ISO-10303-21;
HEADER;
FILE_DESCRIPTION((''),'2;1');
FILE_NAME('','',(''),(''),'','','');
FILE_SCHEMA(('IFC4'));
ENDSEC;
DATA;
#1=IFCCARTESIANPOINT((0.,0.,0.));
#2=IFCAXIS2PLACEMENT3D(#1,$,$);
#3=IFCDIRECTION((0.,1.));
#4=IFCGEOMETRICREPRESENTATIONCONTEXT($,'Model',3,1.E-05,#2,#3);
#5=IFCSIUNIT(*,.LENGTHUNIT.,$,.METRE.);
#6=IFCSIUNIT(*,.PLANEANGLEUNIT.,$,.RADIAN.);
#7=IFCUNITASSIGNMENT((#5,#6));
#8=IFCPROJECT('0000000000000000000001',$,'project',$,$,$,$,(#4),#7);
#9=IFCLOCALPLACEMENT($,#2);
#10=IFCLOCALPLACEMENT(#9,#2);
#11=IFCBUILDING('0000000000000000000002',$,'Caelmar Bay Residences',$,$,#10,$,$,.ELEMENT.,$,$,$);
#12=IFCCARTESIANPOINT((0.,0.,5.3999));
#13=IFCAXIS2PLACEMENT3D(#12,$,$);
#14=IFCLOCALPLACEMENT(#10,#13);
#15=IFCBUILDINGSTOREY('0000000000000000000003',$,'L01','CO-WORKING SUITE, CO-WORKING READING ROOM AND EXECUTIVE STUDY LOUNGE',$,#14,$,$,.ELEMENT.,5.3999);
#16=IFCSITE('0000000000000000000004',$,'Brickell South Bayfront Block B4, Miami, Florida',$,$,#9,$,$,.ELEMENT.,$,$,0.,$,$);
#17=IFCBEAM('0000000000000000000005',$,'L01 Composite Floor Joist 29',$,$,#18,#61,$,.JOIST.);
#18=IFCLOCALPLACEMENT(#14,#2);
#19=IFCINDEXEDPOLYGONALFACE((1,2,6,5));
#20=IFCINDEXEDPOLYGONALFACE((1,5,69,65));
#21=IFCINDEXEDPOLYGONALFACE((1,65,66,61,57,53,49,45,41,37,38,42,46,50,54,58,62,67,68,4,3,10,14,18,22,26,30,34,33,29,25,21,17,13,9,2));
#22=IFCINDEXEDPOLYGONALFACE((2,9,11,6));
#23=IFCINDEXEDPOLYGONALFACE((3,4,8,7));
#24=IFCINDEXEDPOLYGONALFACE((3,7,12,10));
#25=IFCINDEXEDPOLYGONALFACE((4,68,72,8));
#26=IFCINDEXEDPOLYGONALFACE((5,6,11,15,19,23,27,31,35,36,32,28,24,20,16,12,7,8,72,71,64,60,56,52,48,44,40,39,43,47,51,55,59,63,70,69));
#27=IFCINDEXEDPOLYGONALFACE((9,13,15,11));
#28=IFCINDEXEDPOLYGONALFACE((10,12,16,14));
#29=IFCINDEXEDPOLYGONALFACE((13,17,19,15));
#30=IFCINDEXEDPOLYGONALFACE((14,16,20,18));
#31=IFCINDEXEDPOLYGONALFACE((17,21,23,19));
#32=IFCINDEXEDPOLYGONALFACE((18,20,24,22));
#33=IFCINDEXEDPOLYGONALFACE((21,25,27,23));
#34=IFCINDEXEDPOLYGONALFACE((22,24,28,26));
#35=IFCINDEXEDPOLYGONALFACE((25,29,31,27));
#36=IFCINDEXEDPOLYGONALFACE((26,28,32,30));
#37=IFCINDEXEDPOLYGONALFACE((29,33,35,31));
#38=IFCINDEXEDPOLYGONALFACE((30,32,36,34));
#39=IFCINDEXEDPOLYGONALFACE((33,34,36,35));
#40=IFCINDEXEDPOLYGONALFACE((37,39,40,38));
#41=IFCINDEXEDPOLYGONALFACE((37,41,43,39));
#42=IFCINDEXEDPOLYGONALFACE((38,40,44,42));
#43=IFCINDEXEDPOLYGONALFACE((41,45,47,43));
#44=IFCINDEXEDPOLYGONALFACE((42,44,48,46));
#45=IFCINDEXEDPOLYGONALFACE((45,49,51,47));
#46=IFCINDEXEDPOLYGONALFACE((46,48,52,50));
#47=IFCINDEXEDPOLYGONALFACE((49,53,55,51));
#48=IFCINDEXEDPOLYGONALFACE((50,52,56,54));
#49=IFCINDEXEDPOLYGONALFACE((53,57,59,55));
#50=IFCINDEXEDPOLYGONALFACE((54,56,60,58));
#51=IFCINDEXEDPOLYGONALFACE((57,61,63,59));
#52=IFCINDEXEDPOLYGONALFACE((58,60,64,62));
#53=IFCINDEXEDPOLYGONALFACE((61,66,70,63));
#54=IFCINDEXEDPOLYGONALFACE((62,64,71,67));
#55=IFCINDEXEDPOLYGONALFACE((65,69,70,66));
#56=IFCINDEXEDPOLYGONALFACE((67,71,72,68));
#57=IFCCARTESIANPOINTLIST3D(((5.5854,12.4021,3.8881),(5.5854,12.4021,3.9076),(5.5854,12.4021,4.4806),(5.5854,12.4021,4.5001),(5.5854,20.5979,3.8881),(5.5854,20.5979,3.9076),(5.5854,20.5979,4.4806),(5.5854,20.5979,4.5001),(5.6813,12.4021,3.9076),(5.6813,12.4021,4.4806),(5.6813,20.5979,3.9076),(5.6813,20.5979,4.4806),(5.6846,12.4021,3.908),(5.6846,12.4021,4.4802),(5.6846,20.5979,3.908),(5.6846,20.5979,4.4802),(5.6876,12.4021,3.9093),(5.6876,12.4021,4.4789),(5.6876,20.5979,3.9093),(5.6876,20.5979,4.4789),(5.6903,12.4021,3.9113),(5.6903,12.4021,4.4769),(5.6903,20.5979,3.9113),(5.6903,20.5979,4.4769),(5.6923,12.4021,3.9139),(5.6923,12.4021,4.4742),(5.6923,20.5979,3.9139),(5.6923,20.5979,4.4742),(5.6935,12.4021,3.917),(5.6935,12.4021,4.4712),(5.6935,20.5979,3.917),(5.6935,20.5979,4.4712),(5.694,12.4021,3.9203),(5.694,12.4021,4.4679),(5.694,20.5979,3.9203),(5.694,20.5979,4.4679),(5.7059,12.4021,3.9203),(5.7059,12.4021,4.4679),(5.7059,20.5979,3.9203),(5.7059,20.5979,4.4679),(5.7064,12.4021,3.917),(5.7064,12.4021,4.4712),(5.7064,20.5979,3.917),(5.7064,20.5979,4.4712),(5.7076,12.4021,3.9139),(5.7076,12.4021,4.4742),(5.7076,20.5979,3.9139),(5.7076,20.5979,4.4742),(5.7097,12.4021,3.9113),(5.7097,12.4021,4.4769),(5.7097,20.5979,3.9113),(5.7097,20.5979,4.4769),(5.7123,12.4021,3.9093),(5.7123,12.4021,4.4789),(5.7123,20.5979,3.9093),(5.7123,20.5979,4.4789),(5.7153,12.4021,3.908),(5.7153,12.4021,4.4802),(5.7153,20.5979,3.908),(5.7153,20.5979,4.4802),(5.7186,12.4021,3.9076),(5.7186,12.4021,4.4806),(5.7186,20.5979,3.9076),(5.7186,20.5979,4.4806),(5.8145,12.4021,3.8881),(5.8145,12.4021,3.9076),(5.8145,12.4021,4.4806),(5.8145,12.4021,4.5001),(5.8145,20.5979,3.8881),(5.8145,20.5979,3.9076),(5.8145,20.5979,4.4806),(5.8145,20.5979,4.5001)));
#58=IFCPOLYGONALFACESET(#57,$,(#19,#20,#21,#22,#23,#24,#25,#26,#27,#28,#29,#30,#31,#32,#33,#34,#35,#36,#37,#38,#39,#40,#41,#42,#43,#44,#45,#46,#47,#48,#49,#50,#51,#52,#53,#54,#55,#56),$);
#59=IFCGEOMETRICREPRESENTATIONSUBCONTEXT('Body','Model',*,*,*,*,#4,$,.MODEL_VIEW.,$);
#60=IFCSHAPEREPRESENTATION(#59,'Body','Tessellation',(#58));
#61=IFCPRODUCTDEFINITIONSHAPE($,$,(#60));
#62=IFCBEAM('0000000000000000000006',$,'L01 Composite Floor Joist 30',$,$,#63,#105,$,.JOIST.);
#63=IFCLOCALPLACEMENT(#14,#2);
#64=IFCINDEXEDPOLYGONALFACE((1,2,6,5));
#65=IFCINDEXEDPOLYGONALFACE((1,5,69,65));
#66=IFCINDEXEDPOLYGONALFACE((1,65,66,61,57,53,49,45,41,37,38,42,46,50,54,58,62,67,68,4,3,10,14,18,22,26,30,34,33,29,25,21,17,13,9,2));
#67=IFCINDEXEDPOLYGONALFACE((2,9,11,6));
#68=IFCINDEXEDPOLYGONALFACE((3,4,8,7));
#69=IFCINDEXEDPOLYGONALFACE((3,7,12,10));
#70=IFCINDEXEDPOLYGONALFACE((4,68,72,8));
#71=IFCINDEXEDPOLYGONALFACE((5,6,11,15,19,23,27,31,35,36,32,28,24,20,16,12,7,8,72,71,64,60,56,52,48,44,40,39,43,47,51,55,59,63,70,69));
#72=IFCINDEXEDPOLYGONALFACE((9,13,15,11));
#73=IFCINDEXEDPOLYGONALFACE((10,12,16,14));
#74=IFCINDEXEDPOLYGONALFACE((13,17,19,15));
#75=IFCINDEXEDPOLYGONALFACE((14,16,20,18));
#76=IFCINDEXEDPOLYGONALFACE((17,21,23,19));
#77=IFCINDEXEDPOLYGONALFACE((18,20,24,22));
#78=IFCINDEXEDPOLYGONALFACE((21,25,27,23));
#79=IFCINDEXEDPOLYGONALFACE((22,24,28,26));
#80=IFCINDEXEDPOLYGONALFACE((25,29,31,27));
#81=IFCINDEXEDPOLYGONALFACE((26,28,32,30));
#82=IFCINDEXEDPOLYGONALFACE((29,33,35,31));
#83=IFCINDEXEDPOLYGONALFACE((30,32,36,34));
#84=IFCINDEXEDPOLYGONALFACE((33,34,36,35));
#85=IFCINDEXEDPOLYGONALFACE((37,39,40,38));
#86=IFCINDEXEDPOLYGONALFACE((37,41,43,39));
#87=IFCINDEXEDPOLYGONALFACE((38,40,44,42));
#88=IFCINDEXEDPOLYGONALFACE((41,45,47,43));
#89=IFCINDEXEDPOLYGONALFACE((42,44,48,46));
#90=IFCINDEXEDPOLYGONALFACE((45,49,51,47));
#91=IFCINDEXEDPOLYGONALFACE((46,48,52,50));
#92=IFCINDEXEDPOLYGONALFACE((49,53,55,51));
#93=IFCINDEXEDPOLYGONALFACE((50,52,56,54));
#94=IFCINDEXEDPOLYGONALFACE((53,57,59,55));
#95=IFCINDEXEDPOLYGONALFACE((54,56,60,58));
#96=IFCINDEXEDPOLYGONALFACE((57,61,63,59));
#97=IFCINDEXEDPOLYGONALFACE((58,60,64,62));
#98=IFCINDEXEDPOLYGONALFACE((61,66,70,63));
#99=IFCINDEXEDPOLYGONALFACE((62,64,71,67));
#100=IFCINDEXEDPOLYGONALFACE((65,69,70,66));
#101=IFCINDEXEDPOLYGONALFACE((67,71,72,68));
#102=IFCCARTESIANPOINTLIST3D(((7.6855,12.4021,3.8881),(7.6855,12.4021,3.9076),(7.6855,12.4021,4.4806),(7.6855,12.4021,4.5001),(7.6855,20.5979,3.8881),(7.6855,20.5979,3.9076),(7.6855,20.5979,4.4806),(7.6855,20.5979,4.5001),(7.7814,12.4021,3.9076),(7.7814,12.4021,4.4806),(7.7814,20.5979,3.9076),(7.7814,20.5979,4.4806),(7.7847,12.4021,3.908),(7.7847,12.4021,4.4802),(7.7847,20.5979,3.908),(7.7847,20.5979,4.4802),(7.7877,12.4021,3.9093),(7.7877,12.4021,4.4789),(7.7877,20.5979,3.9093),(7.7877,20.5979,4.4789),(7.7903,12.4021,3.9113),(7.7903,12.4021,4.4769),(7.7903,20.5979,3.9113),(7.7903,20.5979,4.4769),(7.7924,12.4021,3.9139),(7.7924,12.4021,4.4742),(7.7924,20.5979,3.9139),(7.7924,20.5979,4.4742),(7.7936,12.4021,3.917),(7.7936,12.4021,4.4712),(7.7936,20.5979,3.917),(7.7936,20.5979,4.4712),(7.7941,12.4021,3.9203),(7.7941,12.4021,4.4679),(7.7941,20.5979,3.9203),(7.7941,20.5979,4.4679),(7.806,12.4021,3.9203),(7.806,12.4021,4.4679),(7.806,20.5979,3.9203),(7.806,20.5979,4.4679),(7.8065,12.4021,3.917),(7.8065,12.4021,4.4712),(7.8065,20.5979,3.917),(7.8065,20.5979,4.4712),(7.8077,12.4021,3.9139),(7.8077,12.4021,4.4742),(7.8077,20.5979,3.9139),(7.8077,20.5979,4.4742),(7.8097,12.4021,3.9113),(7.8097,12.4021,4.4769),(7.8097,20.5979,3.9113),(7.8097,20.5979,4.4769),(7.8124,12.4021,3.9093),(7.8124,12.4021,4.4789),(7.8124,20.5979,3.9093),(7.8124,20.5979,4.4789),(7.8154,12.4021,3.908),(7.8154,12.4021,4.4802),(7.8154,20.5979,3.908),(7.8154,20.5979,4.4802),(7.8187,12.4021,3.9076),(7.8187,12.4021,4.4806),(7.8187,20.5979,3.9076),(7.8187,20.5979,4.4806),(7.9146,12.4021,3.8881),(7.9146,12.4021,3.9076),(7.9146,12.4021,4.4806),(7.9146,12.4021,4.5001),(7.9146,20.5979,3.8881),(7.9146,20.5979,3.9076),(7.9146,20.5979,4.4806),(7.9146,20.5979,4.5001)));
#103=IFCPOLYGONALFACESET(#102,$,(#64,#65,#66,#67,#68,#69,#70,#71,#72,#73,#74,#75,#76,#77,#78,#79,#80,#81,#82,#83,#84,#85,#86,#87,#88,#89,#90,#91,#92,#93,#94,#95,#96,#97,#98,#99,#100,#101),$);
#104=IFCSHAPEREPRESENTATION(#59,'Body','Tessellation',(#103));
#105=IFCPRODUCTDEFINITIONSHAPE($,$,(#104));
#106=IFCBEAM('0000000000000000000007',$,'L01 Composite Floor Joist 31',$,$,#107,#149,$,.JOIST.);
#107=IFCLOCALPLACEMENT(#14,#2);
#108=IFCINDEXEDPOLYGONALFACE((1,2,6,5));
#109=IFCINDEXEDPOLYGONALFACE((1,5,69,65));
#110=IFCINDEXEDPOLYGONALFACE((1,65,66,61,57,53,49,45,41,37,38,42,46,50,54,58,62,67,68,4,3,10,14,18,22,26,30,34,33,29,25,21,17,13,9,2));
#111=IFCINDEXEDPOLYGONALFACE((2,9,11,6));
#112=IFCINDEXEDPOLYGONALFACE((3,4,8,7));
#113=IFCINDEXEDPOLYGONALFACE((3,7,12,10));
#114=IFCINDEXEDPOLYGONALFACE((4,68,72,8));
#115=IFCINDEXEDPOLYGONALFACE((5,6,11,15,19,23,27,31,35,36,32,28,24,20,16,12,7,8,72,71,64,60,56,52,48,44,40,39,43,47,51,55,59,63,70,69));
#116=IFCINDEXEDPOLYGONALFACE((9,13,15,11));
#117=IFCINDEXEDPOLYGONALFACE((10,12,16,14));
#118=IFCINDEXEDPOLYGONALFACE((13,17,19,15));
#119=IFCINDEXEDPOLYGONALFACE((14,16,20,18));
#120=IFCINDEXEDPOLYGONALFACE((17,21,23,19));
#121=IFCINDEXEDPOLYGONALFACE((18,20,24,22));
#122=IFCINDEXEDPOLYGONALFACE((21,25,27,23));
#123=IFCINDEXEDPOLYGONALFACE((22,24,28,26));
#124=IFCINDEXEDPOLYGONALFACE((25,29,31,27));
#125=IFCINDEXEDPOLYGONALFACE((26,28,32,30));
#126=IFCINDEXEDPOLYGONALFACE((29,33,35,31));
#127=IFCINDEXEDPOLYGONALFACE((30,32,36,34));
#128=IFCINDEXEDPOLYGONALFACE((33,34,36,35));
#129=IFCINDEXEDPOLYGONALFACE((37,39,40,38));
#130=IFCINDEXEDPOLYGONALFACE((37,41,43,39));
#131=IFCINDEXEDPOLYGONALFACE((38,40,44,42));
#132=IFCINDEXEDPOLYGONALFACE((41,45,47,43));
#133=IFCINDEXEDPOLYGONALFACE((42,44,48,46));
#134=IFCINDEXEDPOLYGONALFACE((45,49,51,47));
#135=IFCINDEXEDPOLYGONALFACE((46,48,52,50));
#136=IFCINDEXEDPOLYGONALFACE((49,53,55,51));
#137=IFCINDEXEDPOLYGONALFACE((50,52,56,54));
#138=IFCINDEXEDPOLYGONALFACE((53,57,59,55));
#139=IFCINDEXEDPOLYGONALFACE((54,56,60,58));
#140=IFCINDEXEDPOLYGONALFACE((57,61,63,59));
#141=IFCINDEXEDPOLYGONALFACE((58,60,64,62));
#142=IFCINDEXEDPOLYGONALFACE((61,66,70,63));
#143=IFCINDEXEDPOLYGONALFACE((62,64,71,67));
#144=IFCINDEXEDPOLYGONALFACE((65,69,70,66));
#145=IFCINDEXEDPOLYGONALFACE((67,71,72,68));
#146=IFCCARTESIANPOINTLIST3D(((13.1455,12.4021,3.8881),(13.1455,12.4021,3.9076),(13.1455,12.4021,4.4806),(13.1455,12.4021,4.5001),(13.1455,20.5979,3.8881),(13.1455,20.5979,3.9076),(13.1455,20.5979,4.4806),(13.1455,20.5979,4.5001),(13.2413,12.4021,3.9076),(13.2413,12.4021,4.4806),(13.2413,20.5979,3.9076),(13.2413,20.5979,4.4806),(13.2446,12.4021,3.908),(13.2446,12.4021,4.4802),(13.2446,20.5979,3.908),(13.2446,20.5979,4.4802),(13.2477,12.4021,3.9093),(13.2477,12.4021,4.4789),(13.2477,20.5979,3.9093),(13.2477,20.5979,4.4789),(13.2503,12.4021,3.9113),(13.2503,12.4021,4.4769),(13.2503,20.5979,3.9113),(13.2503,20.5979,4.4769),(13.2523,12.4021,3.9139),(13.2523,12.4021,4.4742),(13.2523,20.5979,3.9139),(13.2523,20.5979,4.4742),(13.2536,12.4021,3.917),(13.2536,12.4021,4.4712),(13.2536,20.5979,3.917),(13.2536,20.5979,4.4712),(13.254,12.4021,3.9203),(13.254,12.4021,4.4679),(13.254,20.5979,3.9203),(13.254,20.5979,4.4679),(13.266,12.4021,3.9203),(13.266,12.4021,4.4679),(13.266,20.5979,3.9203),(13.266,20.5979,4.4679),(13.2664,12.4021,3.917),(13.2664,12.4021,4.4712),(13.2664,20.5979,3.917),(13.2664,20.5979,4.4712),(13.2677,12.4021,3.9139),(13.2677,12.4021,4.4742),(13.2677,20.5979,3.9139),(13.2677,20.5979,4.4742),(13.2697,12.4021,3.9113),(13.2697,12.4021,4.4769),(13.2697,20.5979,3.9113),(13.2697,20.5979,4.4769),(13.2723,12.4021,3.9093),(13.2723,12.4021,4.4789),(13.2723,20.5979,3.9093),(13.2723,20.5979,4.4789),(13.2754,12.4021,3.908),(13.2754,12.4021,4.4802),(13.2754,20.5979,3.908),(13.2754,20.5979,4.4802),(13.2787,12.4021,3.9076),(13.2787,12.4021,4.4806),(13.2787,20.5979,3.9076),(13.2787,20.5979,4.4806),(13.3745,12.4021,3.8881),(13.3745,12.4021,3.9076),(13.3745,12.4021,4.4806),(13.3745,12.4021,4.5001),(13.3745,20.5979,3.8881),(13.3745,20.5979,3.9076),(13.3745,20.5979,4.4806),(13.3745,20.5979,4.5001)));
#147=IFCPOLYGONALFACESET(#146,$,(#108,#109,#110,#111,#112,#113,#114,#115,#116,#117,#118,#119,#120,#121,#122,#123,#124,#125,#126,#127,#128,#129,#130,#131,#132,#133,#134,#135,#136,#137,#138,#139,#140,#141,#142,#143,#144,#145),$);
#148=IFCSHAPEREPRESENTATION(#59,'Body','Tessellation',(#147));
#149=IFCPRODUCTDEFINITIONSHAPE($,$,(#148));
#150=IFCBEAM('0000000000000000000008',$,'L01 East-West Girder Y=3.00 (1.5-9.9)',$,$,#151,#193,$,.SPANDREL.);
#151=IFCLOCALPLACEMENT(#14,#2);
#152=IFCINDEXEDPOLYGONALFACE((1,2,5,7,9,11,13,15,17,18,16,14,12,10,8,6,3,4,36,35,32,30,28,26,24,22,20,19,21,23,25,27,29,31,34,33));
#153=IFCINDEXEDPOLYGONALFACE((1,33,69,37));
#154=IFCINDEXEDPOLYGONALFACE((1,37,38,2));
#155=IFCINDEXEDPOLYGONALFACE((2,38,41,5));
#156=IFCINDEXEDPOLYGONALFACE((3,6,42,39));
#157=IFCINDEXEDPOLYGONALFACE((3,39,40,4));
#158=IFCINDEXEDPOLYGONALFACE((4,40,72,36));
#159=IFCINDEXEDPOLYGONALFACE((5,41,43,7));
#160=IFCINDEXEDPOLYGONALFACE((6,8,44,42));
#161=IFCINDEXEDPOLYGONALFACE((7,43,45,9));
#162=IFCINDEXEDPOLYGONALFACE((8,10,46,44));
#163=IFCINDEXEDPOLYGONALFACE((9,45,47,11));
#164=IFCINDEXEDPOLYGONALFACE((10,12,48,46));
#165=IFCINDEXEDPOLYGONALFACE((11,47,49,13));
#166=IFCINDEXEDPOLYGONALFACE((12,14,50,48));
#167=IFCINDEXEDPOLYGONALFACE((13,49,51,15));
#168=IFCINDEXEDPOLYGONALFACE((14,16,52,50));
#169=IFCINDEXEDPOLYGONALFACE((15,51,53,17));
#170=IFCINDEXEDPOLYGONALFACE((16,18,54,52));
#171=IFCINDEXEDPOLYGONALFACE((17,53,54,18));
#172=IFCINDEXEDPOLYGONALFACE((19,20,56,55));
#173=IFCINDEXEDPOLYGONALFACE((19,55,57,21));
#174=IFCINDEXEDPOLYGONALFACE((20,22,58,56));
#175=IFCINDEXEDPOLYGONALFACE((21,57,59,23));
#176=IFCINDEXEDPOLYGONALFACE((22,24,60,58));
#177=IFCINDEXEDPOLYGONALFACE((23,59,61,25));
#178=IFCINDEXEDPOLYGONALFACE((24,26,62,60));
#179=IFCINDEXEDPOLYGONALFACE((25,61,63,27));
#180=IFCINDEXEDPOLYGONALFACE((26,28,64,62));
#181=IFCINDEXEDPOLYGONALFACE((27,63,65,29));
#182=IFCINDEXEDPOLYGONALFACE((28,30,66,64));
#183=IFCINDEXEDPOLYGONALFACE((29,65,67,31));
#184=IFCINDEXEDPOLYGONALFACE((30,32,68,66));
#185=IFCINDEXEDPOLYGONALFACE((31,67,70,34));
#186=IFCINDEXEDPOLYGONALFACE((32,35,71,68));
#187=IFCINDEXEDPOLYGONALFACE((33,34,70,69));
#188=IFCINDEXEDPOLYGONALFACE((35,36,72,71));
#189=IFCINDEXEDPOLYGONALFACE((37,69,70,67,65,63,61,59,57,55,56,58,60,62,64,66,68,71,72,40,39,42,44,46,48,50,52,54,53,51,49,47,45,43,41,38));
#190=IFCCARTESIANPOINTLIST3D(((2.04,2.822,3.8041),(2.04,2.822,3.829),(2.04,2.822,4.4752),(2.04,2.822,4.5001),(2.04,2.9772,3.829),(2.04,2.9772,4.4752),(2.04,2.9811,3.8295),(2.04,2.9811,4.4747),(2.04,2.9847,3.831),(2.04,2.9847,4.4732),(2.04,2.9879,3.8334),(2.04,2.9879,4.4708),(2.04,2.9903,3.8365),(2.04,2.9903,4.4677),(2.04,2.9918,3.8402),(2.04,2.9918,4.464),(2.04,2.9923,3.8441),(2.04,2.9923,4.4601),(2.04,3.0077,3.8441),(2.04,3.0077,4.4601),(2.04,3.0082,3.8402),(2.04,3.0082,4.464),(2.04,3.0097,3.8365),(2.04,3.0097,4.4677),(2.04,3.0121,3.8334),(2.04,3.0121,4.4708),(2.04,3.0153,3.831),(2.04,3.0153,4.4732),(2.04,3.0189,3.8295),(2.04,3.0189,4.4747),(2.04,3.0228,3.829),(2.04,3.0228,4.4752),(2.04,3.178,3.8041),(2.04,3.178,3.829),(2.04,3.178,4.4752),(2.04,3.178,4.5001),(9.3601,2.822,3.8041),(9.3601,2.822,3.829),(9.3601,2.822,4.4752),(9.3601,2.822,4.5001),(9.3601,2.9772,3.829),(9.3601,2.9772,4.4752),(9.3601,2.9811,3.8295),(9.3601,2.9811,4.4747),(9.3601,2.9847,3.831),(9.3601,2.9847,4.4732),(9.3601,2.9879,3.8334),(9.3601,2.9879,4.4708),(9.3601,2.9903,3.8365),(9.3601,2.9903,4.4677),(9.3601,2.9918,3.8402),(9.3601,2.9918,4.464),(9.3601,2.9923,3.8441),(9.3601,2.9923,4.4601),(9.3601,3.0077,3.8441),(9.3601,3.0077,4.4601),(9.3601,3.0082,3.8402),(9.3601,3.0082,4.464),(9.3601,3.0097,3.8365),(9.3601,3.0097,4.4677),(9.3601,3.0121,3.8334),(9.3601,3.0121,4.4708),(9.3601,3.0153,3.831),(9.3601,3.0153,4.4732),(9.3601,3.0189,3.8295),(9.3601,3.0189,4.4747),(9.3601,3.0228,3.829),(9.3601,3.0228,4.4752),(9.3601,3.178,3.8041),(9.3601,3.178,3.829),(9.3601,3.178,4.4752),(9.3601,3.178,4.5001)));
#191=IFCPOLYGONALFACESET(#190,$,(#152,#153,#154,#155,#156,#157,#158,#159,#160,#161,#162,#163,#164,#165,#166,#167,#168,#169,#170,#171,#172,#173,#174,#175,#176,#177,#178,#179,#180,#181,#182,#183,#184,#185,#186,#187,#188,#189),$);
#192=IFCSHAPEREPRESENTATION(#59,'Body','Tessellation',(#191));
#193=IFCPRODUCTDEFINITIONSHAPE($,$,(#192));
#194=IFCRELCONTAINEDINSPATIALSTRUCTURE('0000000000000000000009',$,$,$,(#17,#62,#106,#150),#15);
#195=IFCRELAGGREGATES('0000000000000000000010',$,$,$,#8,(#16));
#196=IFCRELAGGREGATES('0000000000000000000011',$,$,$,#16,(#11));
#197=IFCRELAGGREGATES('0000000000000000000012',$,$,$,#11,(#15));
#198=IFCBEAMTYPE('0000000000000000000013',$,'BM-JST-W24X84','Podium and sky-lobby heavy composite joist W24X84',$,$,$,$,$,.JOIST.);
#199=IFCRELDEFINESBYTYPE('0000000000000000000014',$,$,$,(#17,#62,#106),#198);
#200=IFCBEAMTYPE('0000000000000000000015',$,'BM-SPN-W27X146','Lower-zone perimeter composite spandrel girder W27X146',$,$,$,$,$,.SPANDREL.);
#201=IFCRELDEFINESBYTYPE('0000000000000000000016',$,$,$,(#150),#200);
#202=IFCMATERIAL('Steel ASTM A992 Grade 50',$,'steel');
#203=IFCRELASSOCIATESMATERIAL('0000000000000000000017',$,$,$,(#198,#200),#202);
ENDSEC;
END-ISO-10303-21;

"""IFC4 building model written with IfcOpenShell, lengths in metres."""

from ifc_helpers import new_model, si_unit, direction, frame, origin, origin_2d, place, context, subcontext, project, spatial, i_section, extrude, material, material_profile, profile_set, type_object, element, save


model = new_model("IFC4")

# Units and contexts
model_context = context("Model", 3, precision=1e-05, world=origin(), true_north=direction((0.0, 1.0)))
body_context = subcontext(model_context, "Body", "Model", "MODEL_VIEW")
ifc_project = project(units=[si_unit("LENGTHUNIT", "METRE"), si_unit("PLANEANGLEUNIT", "RADIAN")], contexts=[model_context])

# Site, building, storey
site_placement = place(None, origin())
site = spatial("IfcSite", under=ifc_project, at=site_placement, Name="Brickell South Bayfront Block B4, Miami, Florida", CompositionType="ELEMENT", RefElevation=0.0)
building_placement = place(site_placement, origin())
building = spatial("IfcBuilding", under=site, at=building_placement, Name="Caelmar Bay Residences", CompositionType="ELEMENT")
storey_placement = place(building_placement, frame((0.0, 0.0, 5.3999)))
storey = spatial("IfcBuildingStorey", under=building, at=storey_placement, Name="L01", Description="CO-WORKING SUITE, CO-WORKING READING ROOM AND EXECUTIVE STUDY LOUNGE", CompositionType="ELEMENT", Elevation=5.3999)

# Beams
ifc_material_1 = material(Name="Steel ASTM A992 Grade 50", Category="steel")
ifc_material_profile_1 = material_profile(ifc_material_1, i_section(OverallWidth=0.229, OverallDepth=0.6121, WebThickness=0.012, FlangeThickness=0.0195, FilletRadius=0.0127, at=origin_2d()), Name="W24X84")
ifc_profile_set_1 = profile_set([ifc_material_profile_1], Name="Steel ASTM A992 Grade 50")
beam_type_1 = type_object("IfcBeamType", Name="BM-JST-W24X84", Description="Podium and sky-lobby heavy composite joist W24X84", PredefinedType="JOIST", material=ifc_profile_set_1)
for number, where, z_axis, x_axis, name in (
    (1, (5.7, 12.4021, 4.1941), (0.0, 1.0, 0.0), (-1.0, 0.0, 0.0), "L01 Composite Floor Joist 29"),
    (2, (7.8, 12.4021, 4.1941), (0.0, 1.0, 0.0), (-1.0, 0.0, 0.0), "L01 Composite Floor Joist 30"),
    (3, (13.26, 12.4021, 4.1941), (0.0, 1.0, 0.0), (-1.0, 0.0, 0.0), "L01 Composite Floor Joist 31"),
):
    element("IfcBeam", number, at=place(storey_placement, frame(where, z_axis=z_axis, x_axis=x_axis)), inside=storey, type_object=beam_type_1, Name=name, PredefinedType="JOIST", context=body_context, shape_type="SweptSolid", body=[
        extrude(i_section(OverallWidth=0.229, OverallDepth=0.6121, WebThickness=0.012, FlangeThickness=0.0195, FilletRadius=0.0127, at=origin_2d()), origin(), (0.0, 0.0, 1.0), 8.1958),
    ])
ifc_material_profile_2 = material_profile(ifc_material_1, i_section(OverallWidth=0.356, OverallDepth=0.696, WebThickness=0.0154, FlangeThickness=0.0249, FilletRadius=0.0151, at=origin_2d()), Name="W27X146")
ifc_profile_set_2 = profile_set([ifc_material_profile_2], Name="Steel ASTM A992 Grade 50")
beam_type_2 = type_object("IfcBeamType", Name="BM-SPN-W27X146", Description="Lower-zone perimeter composite spandrel girder W27X146", PredefinedType="SPANDREL", material=ifc_profile_set_2)
beam_1_placement = place(storey_placement, frame((2.04, 3.0, 4.1521), z_axis=(1.0, 0.0, 0.0), x_axis=(0.0, 1.0, 0.0)))
element("IfcBeam", 4, at=beam_1_placement, inside=storey, type_object=beam_type_2, Name="L01 East-West Girder Y=3.00 (1.5-9.9)", PredefinedType="SPANDREL", context=body_context, shape_type="SweptSolid", body=[
    extrude(i_section(OverallWidth=0.356, OverallDepth=0.696, WebThickness=0.0154, FlangeThickness=0.0249, FilletRadius=0.0151, at=origin_2d()), origin(), (0.0, 0.0, 1.0), 7.3201),
])

save(model, "model.ifc")
